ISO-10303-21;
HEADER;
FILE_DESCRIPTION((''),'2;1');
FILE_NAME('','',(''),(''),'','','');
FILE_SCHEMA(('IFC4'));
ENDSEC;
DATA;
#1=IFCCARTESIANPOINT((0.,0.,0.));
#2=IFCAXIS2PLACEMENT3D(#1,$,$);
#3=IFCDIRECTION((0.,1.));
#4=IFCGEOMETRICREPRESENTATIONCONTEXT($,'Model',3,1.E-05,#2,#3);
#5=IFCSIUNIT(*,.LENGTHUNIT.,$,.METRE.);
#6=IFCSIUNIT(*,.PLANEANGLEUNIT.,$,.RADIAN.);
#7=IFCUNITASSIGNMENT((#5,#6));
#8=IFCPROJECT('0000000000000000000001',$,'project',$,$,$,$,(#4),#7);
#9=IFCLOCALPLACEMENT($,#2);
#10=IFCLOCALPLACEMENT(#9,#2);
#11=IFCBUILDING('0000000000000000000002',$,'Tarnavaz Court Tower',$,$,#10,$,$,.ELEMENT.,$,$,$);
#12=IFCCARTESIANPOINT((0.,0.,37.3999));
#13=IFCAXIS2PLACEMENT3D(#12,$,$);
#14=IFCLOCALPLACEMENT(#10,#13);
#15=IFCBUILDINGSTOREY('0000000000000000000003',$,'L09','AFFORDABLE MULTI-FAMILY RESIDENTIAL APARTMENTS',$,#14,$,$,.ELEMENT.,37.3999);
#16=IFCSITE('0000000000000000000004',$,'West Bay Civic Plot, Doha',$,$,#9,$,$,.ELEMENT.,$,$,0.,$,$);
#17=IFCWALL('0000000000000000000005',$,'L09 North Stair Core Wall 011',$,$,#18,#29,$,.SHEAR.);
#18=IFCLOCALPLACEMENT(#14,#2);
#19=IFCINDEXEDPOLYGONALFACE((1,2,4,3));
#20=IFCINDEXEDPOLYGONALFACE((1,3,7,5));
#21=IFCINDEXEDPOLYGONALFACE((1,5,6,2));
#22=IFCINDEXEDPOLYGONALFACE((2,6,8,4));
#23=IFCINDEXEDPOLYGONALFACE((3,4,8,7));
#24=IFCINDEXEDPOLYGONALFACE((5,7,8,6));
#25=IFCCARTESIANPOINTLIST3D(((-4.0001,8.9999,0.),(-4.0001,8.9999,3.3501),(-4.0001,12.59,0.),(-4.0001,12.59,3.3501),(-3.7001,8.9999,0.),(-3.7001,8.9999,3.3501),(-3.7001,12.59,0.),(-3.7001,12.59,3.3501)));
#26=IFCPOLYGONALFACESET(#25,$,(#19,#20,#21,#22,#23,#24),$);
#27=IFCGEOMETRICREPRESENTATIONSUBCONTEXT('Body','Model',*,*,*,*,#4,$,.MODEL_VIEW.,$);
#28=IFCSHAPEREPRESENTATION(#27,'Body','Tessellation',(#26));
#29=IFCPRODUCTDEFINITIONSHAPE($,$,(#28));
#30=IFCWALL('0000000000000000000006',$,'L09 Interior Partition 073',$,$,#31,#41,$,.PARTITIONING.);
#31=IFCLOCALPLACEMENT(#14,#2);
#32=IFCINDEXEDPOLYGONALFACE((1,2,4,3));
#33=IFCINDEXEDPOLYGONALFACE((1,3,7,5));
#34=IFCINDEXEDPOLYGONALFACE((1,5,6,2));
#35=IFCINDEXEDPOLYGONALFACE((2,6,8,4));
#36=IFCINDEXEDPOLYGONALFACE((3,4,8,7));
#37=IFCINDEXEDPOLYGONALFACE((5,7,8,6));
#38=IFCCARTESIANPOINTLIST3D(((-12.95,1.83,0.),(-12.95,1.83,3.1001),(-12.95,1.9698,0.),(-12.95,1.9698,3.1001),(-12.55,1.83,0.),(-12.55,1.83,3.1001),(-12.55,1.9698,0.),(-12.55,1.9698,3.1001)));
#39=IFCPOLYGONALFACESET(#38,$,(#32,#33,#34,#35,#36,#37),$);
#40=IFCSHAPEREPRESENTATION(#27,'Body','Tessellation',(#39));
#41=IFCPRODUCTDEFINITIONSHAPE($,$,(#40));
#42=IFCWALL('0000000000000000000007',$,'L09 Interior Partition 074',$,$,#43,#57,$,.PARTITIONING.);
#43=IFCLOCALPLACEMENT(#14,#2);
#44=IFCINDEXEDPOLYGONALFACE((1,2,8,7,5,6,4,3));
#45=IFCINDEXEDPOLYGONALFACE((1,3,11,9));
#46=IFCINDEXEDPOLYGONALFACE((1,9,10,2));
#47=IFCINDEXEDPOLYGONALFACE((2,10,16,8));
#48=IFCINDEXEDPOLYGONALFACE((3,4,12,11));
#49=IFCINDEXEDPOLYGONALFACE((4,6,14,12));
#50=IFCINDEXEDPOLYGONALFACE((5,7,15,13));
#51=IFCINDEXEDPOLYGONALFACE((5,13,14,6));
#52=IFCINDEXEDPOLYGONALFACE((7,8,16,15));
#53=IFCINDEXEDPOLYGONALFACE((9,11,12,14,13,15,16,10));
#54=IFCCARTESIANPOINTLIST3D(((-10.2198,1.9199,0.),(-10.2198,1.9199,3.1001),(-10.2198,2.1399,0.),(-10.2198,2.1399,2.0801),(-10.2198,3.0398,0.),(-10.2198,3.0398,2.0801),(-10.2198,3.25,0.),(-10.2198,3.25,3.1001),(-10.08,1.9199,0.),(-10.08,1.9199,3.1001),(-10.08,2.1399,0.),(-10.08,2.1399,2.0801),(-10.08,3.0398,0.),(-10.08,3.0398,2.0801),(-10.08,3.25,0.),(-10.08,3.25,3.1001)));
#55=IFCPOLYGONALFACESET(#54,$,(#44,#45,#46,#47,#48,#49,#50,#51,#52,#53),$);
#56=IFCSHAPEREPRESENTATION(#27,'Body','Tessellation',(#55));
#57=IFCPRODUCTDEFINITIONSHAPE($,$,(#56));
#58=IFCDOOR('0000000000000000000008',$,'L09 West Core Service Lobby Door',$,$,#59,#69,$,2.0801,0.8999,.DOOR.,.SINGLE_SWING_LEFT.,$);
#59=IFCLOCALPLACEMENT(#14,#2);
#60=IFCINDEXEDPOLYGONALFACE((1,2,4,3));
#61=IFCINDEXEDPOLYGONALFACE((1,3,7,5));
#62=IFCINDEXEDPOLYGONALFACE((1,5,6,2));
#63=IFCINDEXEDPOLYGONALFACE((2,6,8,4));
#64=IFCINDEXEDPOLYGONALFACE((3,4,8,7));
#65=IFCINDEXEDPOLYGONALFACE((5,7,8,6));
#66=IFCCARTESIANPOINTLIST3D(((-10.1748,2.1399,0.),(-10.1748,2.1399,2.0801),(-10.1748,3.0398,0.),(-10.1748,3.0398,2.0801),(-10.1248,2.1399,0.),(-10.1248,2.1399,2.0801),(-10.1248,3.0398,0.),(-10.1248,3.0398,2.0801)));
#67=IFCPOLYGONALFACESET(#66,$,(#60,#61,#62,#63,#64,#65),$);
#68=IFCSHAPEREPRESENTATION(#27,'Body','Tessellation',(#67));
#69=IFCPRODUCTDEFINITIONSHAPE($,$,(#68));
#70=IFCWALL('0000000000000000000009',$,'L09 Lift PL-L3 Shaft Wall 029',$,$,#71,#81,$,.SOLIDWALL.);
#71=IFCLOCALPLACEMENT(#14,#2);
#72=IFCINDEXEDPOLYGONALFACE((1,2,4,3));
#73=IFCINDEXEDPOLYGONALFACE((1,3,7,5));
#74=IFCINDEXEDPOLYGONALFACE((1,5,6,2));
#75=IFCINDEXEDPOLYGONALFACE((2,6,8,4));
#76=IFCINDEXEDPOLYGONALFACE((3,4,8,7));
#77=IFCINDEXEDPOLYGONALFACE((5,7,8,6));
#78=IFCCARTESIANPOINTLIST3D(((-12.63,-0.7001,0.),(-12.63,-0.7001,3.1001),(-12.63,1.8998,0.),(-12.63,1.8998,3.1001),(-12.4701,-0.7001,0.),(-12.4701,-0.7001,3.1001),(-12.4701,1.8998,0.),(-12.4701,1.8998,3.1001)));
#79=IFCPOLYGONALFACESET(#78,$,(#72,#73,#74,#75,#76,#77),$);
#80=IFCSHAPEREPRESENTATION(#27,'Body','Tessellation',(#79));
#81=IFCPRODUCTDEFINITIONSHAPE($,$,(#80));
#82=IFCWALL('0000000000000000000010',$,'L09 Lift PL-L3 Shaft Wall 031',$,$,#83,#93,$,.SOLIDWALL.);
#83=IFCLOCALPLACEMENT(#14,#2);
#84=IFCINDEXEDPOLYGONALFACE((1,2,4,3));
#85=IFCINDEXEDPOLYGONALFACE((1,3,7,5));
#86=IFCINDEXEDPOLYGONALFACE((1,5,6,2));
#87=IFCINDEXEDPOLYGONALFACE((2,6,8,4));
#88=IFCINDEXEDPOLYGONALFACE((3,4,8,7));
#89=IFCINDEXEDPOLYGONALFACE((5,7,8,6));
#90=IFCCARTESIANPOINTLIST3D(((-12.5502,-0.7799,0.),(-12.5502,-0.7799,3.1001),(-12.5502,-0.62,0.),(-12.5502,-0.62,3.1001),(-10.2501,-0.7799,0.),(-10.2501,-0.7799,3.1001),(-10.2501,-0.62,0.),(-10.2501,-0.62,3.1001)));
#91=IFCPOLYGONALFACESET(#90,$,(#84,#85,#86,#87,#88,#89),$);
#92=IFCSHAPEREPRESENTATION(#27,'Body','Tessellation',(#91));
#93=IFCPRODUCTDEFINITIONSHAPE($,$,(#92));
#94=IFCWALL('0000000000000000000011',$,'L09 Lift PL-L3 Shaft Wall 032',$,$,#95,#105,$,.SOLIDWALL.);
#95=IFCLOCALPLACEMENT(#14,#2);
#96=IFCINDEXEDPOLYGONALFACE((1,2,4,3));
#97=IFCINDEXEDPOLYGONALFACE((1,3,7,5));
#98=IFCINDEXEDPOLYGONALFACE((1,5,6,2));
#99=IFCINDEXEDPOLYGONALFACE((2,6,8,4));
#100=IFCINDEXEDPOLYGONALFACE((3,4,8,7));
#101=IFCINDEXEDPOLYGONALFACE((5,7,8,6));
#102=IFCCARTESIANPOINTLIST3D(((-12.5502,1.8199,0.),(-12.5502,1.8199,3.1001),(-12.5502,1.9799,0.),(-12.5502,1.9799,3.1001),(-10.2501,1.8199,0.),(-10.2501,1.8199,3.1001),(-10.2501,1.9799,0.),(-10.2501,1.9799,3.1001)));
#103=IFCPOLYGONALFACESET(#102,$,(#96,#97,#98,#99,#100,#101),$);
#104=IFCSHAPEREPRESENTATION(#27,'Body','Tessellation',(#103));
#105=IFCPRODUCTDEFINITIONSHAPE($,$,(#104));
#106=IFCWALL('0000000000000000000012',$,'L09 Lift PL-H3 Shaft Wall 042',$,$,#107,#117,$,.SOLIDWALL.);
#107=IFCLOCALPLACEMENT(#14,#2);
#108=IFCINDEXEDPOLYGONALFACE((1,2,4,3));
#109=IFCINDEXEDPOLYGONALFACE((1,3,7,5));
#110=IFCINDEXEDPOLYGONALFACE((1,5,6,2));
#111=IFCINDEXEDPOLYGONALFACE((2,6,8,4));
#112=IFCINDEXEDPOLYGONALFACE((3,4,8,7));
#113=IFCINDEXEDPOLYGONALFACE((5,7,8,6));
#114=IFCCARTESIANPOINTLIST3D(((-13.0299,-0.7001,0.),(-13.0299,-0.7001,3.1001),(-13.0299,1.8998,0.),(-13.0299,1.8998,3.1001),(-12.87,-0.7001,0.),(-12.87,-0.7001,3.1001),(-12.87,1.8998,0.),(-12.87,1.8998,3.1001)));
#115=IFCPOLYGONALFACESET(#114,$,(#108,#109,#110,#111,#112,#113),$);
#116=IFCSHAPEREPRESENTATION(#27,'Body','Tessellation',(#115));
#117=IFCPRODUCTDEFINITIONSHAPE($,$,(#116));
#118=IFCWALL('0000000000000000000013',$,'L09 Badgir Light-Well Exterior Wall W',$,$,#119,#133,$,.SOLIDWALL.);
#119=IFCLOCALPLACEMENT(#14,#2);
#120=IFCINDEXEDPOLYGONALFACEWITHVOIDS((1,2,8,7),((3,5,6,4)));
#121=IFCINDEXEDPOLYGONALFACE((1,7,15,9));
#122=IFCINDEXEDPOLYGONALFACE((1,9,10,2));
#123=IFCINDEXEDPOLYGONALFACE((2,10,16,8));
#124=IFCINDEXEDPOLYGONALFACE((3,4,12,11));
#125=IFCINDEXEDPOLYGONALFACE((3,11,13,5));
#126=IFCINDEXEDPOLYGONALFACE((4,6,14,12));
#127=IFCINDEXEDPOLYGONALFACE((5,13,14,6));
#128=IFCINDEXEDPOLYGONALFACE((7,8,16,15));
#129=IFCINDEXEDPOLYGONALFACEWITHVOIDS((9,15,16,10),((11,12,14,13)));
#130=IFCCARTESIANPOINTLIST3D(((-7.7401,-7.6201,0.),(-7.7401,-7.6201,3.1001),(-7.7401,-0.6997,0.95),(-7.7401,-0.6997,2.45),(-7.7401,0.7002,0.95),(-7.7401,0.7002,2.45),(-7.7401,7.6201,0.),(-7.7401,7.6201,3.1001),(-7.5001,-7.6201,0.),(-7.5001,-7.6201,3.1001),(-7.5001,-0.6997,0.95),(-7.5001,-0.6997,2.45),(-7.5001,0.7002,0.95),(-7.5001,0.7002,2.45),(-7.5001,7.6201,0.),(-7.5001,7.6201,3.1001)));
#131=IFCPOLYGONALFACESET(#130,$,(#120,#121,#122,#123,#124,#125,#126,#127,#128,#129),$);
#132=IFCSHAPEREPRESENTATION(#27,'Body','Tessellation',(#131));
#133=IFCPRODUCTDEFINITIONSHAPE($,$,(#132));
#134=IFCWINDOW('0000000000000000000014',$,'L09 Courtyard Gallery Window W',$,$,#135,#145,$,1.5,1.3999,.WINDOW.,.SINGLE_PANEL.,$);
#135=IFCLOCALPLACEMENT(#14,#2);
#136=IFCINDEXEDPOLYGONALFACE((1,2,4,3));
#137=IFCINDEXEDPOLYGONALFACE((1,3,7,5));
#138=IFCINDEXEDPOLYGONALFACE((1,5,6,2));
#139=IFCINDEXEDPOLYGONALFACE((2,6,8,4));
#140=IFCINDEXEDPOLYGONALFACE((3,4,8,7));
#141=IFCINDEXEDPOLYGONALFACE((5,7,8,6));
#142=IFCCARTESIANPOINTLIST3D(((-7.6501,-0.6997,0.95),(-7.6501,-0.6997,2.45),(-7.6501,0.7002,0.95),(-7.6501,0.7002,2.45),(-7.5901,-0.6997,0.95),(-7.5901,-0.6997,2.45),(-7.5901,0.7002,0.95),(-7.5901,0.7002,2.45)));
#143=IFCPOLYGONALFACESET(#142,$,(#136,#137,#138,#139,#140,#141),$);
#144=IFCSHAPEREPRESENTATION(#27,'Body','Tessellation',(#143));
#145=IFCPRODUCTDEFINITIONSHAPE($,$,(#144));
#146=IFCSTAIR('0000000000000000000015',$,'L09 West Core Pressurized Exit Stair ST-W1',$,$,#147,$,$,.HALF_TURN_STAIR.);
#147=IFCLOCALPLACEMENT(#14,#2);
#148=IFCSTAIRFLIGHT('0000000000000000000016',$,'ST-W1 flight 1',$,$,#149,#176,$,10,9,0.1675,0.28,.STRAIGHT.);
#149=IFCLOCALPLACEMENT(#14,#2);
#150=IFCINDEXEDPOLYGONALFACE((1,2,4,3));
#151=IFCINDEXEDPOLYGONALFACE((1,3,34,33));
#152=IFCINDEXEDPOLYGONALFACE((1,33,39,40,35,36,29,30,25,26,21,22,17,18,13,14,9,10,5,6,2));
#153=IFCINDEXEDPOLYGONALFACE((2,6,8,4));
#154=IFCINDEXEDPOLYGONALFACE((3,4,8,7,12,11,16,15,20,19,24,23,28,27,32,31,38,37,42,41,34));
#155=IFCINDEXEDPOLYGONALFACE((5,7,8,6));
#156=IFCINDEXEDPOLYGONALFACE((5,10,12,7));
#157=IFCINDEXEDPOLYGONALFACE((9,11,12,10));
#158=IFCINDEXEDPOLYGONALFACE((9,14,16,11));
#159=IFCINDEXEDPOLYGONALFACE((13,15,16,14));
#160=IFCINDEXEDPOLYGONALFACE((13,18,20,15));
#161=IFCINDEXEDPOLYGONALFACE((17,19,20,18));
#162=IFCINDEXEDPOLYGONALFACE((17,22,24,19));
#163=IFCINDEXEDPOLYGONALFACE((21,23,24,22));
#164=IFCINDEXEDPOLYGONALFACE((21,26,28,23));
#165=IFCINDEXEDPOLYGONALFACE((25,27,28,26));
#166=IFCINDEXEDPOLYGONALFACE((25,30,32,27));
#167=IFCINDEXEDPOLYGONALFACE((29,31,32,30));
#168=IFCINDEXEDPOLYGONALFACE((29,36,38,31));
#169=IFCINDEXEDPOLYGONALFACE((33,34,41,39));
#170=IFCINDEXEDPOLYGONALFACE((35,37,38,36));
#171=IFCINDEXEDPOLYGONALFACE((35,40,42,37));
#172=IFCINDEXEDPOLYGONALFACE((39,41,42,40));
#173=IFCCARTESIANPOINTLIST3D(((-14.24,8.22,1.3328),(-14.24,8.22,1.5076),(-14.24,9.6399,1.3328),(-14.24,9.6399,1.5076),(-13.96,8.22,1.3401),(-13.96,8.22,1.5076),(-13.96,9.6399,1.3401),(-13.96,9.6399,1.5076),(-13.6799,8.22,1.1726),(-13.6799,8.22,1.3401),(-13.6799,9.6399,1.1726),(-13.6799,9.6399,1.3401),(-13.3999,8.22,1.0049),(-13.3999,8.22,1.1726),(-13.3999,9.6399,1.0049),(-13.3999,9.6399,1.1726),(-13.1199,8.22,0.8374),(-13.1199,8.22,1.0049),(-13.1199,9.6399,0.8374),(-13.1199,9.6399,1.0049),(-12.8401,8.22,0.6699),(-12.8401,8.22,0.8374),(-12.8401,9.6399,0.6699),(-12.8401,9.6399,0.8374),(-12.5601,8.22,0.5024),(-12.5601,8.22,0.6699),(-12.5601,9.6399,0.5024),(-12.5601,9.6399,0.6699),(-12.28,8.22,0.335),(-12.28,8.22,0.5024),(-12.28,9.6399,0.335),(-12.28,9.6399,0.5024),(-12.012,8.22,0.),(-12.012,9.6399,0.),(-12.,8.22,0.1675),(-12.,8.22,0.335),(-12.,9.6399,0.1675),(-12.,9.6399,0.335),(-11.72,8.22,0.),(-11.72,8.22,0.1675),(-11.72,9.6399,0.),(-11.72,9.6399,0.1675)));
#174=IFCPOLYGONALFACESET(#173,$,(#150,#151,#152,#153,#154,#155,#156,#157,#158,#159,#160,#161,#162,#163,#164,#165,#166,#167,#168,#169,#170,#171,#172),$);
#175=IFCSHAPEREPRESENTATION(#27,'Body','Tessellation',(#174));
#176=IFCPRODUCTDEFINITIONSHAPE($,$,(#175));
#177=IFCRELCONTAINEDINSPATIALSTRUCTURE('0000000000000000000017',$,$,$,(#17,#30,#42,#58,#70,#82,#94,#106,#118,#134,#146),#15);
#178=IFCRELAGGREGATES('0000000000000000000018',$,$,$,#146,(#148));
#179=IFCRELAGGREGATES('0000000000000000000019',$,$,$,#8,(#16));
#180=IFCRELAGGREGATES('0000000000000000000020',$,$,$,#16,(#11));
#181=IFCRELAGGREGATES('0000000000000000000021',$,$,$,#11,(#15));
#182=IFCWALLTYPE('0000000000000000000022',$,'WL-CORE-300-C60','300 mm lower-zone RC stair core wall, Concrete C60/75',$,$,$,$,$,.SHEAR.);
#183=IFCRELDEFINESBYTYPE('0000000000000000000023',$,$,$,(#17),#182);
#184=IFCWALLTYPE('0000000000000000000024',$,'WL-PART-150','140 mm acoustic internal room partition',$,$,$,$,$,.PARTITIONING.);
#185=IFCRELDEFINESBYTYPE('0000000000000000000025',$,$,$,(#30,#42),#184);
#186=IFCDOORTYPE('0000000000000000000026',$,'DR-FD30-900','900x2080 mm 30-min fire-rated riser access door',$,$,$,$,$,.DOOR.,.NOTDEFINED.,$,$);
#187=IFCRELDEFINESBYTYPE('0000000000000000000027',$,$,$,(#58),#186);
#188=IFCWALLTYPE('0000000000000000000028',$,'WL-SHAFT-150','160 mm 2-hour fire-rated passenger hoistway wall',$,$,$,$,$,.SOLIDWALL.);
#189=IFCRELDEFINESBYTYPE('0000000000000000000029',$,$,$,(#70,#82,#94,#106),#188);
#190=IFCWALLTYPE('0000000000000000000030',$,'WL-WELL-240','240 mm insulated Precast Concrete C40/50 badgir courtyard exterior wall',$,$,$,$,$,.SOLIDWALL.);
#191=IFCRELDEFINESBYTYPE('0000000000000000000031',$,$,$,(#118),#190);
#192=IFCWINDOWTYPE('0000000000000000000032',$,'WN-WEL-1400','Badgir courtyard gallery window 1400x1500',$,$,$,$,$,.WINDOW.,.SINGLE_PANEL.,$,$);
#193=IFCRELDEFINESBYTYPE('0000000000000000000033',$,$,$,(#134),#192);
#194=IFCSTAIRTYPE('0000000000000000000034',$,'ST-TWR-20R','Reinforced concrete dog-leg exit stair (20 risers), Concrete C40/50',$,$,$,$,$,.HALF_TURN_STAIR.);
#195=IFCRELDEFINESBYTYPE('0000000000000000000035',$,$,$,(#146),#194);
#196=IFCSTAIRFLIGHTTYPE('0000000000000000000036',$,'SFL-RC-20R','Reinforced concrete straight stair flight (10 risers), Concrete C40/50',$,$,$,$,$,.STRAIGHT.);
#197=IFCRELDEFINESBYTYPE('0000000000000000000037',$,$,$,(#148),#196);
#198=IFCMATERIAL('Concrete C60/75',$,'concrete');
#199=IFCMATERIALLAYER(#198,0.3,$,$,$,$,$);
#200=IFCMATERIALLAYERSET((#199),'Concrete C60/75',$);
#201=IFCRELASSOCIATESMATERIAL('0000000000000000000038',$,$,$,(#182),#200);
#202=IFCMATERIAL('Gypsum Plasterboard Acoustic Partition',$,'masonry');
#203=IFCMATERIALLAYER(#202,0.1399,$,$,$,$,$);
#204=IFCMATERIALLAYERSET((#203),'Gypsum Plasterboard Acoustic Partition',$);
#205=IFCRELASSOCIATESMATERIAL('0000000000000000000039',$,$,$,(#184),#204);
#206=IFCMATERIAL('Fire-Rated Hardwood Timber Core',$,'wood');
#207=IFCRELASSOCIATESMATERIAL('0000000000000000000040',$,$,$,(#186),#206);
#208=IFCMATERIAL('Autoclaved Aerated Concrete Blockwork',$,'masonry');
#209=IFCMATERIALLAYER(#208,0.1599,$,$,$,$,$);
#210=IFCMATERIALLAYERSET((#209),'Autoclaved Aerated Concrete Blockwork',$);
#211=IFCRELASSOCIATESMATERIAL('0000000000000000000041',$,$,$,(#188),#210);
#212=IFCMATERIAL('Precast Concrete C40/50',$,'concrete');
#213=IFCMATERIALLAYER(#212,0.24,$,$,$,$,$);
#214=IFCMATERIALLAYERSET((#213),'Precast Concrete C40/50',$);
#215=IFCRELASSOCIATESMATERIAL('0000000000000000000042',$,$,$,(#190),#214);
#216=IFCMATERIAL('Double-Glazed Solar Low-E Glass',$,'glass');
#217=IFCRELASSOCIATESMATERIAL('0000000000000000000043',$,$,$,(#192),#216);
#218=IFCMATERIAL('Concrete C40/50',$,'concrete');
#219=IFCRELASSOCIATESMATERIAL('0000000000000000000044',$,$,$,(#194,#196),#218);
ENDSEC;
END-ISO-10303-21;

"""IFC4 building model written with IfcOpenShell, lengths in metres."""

from ifc_helpers import new_model, si_unit, direction, frame, frame_2d, origin, place, context, subcontext, project, spatial, polyline, rectangle, outline, extrude, material, layer, layer_set, type_object, element, fill, aggregate, save


model = new_model("IFC4")

# Units and contexts
model_context = context("Model", 3, precision=1e-05, world=origin(), true_north=direction((0.0, 1.0)))
body_context = subcontext(model_context, "Body", "Model", "MODEL_VIEW")
ifc_project = project(units=[si_unit("LENGTHUNIT", "METRE"), si_unit("PLANEANGLEUNIT", "RADIAN")], contexts=[model_context])

# Site, building, storey
site_placement = place(None, origin())
site = spatial("IfcSite", under=ifc_project, at=site_placement, Name="West Bay Civic Plot, Doha", CompositionType="ELEMENT", RefElevation=0.0)
building_placement = place(site_placement, origin())
building = spatial("IfcBuilding", under=site, at=building_placement, Name="Tarnavaz Court Tower", CompositionType="ELEMENT")
storey_placement = place(building_placement, frame((0.0, 0.0, 37.3999)))
storey = spatial("IfcBuildingStorey", under=building, at=storey_placement, Name="L09", Description="AFFORDABLE MULTI-FAMILY RESIDENTIAL APARTMENTS", CompositionType="ELEMENT", Elevation=37.3999)

# Shared definitions
ifc_material_1 = material(Name="Concrete C60/75", Category="concrete")

# Shared definitions
ifc_layer_1 = layer(ifc_material_1, 0.3)
ifc_layer_set_1 = layer_set([ifc_layer_1], Name="Concrete C60/75")
wall_type_1 = type_object("IfcWallType", Name="WL-CORE-300-C60", Description="300 mm lower-zone RC stair core wall, Concrete C60/75", PredefinedType="SHEAR", material=ifc_layer_set_1)

# Shared definitions
ifc_material_2 = material(Name="Fire-Rated Hardwood Timber Core", Category="wood")

# Wall
wall_1_placement = place(storey_placement, frame((-3.8501, 9.0, 0.0), z_axis=(0.0, 0.0, 1.0), x_axis=(0.0, 1.0, 0.0)))
element("IfcWall", 1, at=wall_1_placement, inside=storey, type_object=wall_type_1, Name="L09 North Stair Core Wall 011", PredefinedType="SHEAR", context=body_context, shape_type="SweptSolid", body=[
    extrude(rectangle(XDim=3.5901, YDim=0.3, at=frame_2d((1.7949, 0.0))), origin(), (0.0, 0.0, 1.0), 3.3501),
])

# Shared definitions
ifc_material_3 = material(Name="Autoclaved Aerated Concrete Blockwork", Category="masonry")

# Wall
ifc_material_4 = material(Name="Gypsum Plasterboard Acoustic Partition", Category="masonry")
ifc_layer_2 = layer(ifc_material_4, 0.1399)
ifc_layer_set_2 = layer_set([ifc_layer_2], Name="Gypsum Plasterboard Acoustic Partition")
wall_type_2 = type_object("IfcWallType", Name="WL-PART-150", Description="140 mm acoustic internal room partition", PredefinedType="PARTITIONING", material=ifc_layer_set_2)
wall_2_placement = place(storey_placement, frame((-12.95, 1.8999, 0.0), z_axis=(0.0, 0.0, 1.0), x_axis=(1.0, 0.0, 0.0)))
element("IfcWall", 2, at=wall_2_placement, inside=storey, type_object=wall_type_2, Name="L09 Interior Partition 073", PredefinedType="PARTITIONING", context=body_context, shape_type="SweptSolid", body=[
    extrude(rectangle(XDim=0.3999, YDim=0.1399, at=frame_2d((0.2, 0.0))), origin(), (0.0, 0.0, 1.0), 3.1001),
])

# Wall, opening, door
wall_3_placement = place(storey_placement, frame((-10.1499, 1.9199, 0.0), z_axis=(0.0, 0.0, 1.0), x_axis=(0.0, 1.0, 0.0)))
wall_3 = element("IfcWall", 3, at=wall_3_placement, inside=storey, type_object=wall_type_2, Name="L09 Interior Partition 074", PredefinedType="PARTITIONING", context=body_context, shape_type="SweptSolid", body=[
    extrude(rectangle(XDim=1.3301, YDim=0.1399, at=frame_2d((0.665, 0.0))), origin(), (0.0, 0.0, 1.0), 3.1001),
])
opening_1_placement = place(wall_3_placement, frame((0.22, 0.0, 0.0)))
opening_1 = element("IfcOpeningElement", 4, at=opening_1_placement, cuts=wall_3, PredefinedType="OPENING", context=body_context, shape_type="SweptSolid", body=[
    extrude(rectangle(XDim=0.8999, YDim=2.0801, at=frame_2d((0.45, 1.04))), frame((0.0, 0.0798, 0.0), z_axis=(0.0, -1.0, 0.0), x_axis=(1.0, 0.0, 0.0)), (0.0, 0.0, 1.0), 0.1599),
])
door_type_1 = type_object("IfcDoorType", Name="DR-FD30-900", Description="900x2080 mm 30-min fire-rated riser access door", OperationType="NOTDEFINED", PredefinedType="DOOR", material=ifc_material_2)
door_1_placement = place(opening_1_placement, origin())
door_1 = element("IfcDoor", 5, at=door_1_placement, inside=storey, type_object=door_type_1, Name="L09 West Core Service Lobby Door", OperationType="SINGLE_SWING_LEFT", OverallHeight=2.0801, OverallWidth=0.8999, PredefinedType="DOOR", context=body_context, shape_type="SweptSolid", body=[
    extrude(rectangle(XDim=0.8999, YDim=2.0801, at=frame_2d((0.45, 1.04))), frame((0.0, 0.0249, 0.0), z_axis=(0.0, -1.0, 0.0), x_axis=(1.0, 0.0, 0.0)), (0.0, 0.0, 1.0), 0.05),
])
fill(opening_1, door_1)

# Wall
ifc_layer_3 = layer(ifc_material_3, 0.1599)
ifc_layer_set_3 = layer_set([ifc_layer_3], Name="Autoclaved Aerated Concrete Blockwork")
wall_type_3 = type_object("IfcWallType", Name="WL-SHAFT-150", Description="160 mm 2-hour fire-rated passenger hoistway wall", PredefinedType="SOLIDWALL", material=ifc_layer_set_3)
wall_4_placement = place(storey_placement, frame((-12.55, -0.7, 0.0), z_axis=(0.0, 0.0, 1.0), x_axis=(0.0, 1.0, 0.0)))
element("IfcWall", 6, at=wall_4_placement, inside=storey, type_object=wall_type_3, Name="L09 Lift PL-L3 Shaft Wall 029", PredefinedType="SOLIDWALL", context=body_context, shape_type="SweptSolid", body=[
    extrude(rectangle(XDim=2.5999, YDim=0.1599, at=frame_2d((1.2998, 0.0))), origin(), (0.0, 0.0, 1.0), 3.1001),
])

# Walls
for number, where, z_axis, x_axis, name in (
    (7, (-12.55, -0.7, 0.0), (0.0, 0.0, 1.0), (1.0, 0.0, 0.0), "L09 Lift PL-L3 Shaft Wall 031"),
    (8, (-12.55, 1.8999, 0.0), (0.0, 0.0, 1.0), (1.0, 0.0, 0.0), "L09 Lift PL-L3 Shaft Wall 032"),
):
    element("IfcWall", number, at=place(storey_placement, frame(where, z_axis=z_axis, x_axis=x_axis)), inside=storey, type_object=wall_type_3, Name=name, PredefinedType="SOLIDWALL", context=body_context, shape_type="SweptSolid", body=[
        extrude(rectangle(XDim=2.3, YDim=0.1599, at=frame_2d((1.1499, 0.0))), origin(), (0.0, 0.0, 1.0), 3.1001),
    ])
wall_5_placement = place(storey_placement, frame((-12.95, -0.7, 0.0), z_axis=(0.0, 0.0, 1.0), x_axis=(0.0, 1.0, 0.0)))
element("IfcWall", 9, at=wall_5_placement, inside=storey, type_object=wall_type_3, Name="L09 Lift PL-H3 Shaft Wall 042", PredefinedType="SOLIDWALL", context=body_context, shape_type="SweptSolid", body=[
    extrude(rectangle(XDim=2.5999, YDim=0.1599, at=frame_2d((1.2998, 0.0))), origin(), (0.0, 0.0, 1.0), 3.1001),
])

# Wall, opening, window
ifc_material_5 = material(Name="Precast Concrete C40/50", Category="concrete")
ifc_layer_4 = layer(ifc_material_5, 0.24)
ifc_layer_set_4 = layer_set([ifc_layer_4], Name="Precast Concrete C40/50")
wall_type_4 = type_object("IfcWallType", Name="WL-WELL-240", Description="240 mm insulated Precast Concrete C40/50 badgir courtyard exterior wall", PredefinedType="SOLIDWALL", material=ifc_layer_set_4)
wall_6_placement = place(storey_placement, frame((-7.6201, 7.6201, 0.0), z_axis=(0.0, 0.0, 1.0), x_axis=(0.0, -1.0, 0.0)))
wall_6 = element("IfcWall", 10, at=wall_6_placement, inside=storey, type_object=wall_type_4, Name="L09 Badgir Light-Well Exterior Wall W", PredefinedType="SOLIDWALL", context=body_context, shape_type="SweptSolid", body=[
    extrude(rectangle(XDim=15.2402, YDim=0.24, at=frame_2d((7.6201, 0.0))), origin(), (0.0, 0.0, 1.0), 3.1001),
])
opening_2_placement = place(wall_6_placement, frame((6.9199, 0.0, 0.95)))
opening_2 = element("IfcOpeningElement", 11, at=opening_2_placement, cuts=wall_6, PredefinedType="OPENING", context=body_context, shape_type="SweptSolid", body=[
    extrude(rectangle(XDim=1.3999, YDim=1.5, at=frame_2d((0.7, 0.75))), frame((0.0, 0.1299, 0.0), z_axis=(0.0, -1.0, 0.0), x_axis=(1.0, 0.0, 0.0)), (0.0, 0.0, 1.0), 0.26),
])
ifc_material_6 = material(Name="Double-Glazed Solar Low-E Glass", Category="glass")
window_type = type_object("IfcWindowType", Name="WN-WEL-1400", Description="Badgir courtyard gallery window 1400x1500", PartitioningType="SINGLE_PANEL", PredefinedType="WINDOW", material=ifc_material_6)
window_placement = place(opening_2_placement, origin())
window = element("IfcWindow", 12, at=window_placement, inside=storey, type_object=window_type, Name="L09 Courtyard Gallery Window W", OverallHeight=1.5, OverallWidth=1.3999, PartitioningType="SINGLE_PANEL", PredefinedType="WINDOW", context=body_context, shape_type="SweptSolid", body=[
    extrude(rectangle(XDim=1.3999, YDim=1.5, at=frame_2d((0.7, 0.75))), frame((0.0, 0.03, 0.0), z_axis=(0.0, -1.0, 0.0), x_axis=(1.0, 0.0, 0.0)), (0.0, 0.0, 1.0), 0.0601),
])
fill(opening_2, window)

# Stair, stair flight
ifc_material_7 = material(Name="Concrete C40/50", Category="concrete")
stair_type = type_object("IfcStairType", Name="ST-TWR-20R", Description="Reinforced concrete dog-leg exit stair (20 risers), Concrete C40/50", PredefinedType="HALF_TURN_STAIR", material=ifc_material_7)
stair_1_placement = place(storey_placement, origin())
stair_1 = element("IfcStair", 13, at=stair_1_placement, inside=storey, type_object=stair_type, Name="L09 West Core Pressurized Exit Stair ST-W1", PredefinedType="HALF_TURN_STAIR")
stair_flight_type = type_object("IfcStairFlightType", Name="SFL-RC-20R", Description="Reinforced concrete straight stair flight (10 risers), Concrete C40/50", PredefinedType="STRAIGHT", material=ifc_material_7)
stair_flight_1_placement = place(storey_placement, frame((-11.72, 8.9299, 0.0), z_axis=(0.0, 0.0, 1.0), x_axis=(-1.0, 0.0, 0.0)))
stair_flight_1 = element("IfcStairFlight", 14, at=stair_flight_1_placement, type_object=stair_flight_type, Name="ST-W1 flight 1", NumberOfRisers=10, NumberOfTreads=9, PredefinedType="STRAIGHT", RiserHeight=0.1675, TreadLength=0.28, context=body_context, shape_type="SweptSolid", body=[
    extrude(outline(polyline([(0.0, 0.0), (0.0, 0.1675), (0.28, 0.1675), (0.28, 0.335), (0.5601, 0.335), (0.5601, 0.5024), (0.8401, 0.5024), (0.8401, 0.6699), (1.1201, 0.6699), (1.1201, 0.8374), (1.3999, 0.8374), (1.3999, 1.0049), (1.6799, 1.0049), (1.6799, 1.1726), (1.96, 1.1726), (1.96, 1.3401), (2.24, 1.3401), (2.24, 1.5076), (2.52, 1.5076), (2.52, 1.675), (2.52, 1.3328), (0.292, 0.0), (0.0, 0.0)])), frame((0.0, 0.71, 0.0), z_axis=(0.0, -1.0, 0.0), x_axis=(1.0, 0.0, 0.0)), (0.0, 0.0, 1.0), 1.4199),
])
aggregate(stair_1, [stair_flight_1])

save(model, "model.ifc")
